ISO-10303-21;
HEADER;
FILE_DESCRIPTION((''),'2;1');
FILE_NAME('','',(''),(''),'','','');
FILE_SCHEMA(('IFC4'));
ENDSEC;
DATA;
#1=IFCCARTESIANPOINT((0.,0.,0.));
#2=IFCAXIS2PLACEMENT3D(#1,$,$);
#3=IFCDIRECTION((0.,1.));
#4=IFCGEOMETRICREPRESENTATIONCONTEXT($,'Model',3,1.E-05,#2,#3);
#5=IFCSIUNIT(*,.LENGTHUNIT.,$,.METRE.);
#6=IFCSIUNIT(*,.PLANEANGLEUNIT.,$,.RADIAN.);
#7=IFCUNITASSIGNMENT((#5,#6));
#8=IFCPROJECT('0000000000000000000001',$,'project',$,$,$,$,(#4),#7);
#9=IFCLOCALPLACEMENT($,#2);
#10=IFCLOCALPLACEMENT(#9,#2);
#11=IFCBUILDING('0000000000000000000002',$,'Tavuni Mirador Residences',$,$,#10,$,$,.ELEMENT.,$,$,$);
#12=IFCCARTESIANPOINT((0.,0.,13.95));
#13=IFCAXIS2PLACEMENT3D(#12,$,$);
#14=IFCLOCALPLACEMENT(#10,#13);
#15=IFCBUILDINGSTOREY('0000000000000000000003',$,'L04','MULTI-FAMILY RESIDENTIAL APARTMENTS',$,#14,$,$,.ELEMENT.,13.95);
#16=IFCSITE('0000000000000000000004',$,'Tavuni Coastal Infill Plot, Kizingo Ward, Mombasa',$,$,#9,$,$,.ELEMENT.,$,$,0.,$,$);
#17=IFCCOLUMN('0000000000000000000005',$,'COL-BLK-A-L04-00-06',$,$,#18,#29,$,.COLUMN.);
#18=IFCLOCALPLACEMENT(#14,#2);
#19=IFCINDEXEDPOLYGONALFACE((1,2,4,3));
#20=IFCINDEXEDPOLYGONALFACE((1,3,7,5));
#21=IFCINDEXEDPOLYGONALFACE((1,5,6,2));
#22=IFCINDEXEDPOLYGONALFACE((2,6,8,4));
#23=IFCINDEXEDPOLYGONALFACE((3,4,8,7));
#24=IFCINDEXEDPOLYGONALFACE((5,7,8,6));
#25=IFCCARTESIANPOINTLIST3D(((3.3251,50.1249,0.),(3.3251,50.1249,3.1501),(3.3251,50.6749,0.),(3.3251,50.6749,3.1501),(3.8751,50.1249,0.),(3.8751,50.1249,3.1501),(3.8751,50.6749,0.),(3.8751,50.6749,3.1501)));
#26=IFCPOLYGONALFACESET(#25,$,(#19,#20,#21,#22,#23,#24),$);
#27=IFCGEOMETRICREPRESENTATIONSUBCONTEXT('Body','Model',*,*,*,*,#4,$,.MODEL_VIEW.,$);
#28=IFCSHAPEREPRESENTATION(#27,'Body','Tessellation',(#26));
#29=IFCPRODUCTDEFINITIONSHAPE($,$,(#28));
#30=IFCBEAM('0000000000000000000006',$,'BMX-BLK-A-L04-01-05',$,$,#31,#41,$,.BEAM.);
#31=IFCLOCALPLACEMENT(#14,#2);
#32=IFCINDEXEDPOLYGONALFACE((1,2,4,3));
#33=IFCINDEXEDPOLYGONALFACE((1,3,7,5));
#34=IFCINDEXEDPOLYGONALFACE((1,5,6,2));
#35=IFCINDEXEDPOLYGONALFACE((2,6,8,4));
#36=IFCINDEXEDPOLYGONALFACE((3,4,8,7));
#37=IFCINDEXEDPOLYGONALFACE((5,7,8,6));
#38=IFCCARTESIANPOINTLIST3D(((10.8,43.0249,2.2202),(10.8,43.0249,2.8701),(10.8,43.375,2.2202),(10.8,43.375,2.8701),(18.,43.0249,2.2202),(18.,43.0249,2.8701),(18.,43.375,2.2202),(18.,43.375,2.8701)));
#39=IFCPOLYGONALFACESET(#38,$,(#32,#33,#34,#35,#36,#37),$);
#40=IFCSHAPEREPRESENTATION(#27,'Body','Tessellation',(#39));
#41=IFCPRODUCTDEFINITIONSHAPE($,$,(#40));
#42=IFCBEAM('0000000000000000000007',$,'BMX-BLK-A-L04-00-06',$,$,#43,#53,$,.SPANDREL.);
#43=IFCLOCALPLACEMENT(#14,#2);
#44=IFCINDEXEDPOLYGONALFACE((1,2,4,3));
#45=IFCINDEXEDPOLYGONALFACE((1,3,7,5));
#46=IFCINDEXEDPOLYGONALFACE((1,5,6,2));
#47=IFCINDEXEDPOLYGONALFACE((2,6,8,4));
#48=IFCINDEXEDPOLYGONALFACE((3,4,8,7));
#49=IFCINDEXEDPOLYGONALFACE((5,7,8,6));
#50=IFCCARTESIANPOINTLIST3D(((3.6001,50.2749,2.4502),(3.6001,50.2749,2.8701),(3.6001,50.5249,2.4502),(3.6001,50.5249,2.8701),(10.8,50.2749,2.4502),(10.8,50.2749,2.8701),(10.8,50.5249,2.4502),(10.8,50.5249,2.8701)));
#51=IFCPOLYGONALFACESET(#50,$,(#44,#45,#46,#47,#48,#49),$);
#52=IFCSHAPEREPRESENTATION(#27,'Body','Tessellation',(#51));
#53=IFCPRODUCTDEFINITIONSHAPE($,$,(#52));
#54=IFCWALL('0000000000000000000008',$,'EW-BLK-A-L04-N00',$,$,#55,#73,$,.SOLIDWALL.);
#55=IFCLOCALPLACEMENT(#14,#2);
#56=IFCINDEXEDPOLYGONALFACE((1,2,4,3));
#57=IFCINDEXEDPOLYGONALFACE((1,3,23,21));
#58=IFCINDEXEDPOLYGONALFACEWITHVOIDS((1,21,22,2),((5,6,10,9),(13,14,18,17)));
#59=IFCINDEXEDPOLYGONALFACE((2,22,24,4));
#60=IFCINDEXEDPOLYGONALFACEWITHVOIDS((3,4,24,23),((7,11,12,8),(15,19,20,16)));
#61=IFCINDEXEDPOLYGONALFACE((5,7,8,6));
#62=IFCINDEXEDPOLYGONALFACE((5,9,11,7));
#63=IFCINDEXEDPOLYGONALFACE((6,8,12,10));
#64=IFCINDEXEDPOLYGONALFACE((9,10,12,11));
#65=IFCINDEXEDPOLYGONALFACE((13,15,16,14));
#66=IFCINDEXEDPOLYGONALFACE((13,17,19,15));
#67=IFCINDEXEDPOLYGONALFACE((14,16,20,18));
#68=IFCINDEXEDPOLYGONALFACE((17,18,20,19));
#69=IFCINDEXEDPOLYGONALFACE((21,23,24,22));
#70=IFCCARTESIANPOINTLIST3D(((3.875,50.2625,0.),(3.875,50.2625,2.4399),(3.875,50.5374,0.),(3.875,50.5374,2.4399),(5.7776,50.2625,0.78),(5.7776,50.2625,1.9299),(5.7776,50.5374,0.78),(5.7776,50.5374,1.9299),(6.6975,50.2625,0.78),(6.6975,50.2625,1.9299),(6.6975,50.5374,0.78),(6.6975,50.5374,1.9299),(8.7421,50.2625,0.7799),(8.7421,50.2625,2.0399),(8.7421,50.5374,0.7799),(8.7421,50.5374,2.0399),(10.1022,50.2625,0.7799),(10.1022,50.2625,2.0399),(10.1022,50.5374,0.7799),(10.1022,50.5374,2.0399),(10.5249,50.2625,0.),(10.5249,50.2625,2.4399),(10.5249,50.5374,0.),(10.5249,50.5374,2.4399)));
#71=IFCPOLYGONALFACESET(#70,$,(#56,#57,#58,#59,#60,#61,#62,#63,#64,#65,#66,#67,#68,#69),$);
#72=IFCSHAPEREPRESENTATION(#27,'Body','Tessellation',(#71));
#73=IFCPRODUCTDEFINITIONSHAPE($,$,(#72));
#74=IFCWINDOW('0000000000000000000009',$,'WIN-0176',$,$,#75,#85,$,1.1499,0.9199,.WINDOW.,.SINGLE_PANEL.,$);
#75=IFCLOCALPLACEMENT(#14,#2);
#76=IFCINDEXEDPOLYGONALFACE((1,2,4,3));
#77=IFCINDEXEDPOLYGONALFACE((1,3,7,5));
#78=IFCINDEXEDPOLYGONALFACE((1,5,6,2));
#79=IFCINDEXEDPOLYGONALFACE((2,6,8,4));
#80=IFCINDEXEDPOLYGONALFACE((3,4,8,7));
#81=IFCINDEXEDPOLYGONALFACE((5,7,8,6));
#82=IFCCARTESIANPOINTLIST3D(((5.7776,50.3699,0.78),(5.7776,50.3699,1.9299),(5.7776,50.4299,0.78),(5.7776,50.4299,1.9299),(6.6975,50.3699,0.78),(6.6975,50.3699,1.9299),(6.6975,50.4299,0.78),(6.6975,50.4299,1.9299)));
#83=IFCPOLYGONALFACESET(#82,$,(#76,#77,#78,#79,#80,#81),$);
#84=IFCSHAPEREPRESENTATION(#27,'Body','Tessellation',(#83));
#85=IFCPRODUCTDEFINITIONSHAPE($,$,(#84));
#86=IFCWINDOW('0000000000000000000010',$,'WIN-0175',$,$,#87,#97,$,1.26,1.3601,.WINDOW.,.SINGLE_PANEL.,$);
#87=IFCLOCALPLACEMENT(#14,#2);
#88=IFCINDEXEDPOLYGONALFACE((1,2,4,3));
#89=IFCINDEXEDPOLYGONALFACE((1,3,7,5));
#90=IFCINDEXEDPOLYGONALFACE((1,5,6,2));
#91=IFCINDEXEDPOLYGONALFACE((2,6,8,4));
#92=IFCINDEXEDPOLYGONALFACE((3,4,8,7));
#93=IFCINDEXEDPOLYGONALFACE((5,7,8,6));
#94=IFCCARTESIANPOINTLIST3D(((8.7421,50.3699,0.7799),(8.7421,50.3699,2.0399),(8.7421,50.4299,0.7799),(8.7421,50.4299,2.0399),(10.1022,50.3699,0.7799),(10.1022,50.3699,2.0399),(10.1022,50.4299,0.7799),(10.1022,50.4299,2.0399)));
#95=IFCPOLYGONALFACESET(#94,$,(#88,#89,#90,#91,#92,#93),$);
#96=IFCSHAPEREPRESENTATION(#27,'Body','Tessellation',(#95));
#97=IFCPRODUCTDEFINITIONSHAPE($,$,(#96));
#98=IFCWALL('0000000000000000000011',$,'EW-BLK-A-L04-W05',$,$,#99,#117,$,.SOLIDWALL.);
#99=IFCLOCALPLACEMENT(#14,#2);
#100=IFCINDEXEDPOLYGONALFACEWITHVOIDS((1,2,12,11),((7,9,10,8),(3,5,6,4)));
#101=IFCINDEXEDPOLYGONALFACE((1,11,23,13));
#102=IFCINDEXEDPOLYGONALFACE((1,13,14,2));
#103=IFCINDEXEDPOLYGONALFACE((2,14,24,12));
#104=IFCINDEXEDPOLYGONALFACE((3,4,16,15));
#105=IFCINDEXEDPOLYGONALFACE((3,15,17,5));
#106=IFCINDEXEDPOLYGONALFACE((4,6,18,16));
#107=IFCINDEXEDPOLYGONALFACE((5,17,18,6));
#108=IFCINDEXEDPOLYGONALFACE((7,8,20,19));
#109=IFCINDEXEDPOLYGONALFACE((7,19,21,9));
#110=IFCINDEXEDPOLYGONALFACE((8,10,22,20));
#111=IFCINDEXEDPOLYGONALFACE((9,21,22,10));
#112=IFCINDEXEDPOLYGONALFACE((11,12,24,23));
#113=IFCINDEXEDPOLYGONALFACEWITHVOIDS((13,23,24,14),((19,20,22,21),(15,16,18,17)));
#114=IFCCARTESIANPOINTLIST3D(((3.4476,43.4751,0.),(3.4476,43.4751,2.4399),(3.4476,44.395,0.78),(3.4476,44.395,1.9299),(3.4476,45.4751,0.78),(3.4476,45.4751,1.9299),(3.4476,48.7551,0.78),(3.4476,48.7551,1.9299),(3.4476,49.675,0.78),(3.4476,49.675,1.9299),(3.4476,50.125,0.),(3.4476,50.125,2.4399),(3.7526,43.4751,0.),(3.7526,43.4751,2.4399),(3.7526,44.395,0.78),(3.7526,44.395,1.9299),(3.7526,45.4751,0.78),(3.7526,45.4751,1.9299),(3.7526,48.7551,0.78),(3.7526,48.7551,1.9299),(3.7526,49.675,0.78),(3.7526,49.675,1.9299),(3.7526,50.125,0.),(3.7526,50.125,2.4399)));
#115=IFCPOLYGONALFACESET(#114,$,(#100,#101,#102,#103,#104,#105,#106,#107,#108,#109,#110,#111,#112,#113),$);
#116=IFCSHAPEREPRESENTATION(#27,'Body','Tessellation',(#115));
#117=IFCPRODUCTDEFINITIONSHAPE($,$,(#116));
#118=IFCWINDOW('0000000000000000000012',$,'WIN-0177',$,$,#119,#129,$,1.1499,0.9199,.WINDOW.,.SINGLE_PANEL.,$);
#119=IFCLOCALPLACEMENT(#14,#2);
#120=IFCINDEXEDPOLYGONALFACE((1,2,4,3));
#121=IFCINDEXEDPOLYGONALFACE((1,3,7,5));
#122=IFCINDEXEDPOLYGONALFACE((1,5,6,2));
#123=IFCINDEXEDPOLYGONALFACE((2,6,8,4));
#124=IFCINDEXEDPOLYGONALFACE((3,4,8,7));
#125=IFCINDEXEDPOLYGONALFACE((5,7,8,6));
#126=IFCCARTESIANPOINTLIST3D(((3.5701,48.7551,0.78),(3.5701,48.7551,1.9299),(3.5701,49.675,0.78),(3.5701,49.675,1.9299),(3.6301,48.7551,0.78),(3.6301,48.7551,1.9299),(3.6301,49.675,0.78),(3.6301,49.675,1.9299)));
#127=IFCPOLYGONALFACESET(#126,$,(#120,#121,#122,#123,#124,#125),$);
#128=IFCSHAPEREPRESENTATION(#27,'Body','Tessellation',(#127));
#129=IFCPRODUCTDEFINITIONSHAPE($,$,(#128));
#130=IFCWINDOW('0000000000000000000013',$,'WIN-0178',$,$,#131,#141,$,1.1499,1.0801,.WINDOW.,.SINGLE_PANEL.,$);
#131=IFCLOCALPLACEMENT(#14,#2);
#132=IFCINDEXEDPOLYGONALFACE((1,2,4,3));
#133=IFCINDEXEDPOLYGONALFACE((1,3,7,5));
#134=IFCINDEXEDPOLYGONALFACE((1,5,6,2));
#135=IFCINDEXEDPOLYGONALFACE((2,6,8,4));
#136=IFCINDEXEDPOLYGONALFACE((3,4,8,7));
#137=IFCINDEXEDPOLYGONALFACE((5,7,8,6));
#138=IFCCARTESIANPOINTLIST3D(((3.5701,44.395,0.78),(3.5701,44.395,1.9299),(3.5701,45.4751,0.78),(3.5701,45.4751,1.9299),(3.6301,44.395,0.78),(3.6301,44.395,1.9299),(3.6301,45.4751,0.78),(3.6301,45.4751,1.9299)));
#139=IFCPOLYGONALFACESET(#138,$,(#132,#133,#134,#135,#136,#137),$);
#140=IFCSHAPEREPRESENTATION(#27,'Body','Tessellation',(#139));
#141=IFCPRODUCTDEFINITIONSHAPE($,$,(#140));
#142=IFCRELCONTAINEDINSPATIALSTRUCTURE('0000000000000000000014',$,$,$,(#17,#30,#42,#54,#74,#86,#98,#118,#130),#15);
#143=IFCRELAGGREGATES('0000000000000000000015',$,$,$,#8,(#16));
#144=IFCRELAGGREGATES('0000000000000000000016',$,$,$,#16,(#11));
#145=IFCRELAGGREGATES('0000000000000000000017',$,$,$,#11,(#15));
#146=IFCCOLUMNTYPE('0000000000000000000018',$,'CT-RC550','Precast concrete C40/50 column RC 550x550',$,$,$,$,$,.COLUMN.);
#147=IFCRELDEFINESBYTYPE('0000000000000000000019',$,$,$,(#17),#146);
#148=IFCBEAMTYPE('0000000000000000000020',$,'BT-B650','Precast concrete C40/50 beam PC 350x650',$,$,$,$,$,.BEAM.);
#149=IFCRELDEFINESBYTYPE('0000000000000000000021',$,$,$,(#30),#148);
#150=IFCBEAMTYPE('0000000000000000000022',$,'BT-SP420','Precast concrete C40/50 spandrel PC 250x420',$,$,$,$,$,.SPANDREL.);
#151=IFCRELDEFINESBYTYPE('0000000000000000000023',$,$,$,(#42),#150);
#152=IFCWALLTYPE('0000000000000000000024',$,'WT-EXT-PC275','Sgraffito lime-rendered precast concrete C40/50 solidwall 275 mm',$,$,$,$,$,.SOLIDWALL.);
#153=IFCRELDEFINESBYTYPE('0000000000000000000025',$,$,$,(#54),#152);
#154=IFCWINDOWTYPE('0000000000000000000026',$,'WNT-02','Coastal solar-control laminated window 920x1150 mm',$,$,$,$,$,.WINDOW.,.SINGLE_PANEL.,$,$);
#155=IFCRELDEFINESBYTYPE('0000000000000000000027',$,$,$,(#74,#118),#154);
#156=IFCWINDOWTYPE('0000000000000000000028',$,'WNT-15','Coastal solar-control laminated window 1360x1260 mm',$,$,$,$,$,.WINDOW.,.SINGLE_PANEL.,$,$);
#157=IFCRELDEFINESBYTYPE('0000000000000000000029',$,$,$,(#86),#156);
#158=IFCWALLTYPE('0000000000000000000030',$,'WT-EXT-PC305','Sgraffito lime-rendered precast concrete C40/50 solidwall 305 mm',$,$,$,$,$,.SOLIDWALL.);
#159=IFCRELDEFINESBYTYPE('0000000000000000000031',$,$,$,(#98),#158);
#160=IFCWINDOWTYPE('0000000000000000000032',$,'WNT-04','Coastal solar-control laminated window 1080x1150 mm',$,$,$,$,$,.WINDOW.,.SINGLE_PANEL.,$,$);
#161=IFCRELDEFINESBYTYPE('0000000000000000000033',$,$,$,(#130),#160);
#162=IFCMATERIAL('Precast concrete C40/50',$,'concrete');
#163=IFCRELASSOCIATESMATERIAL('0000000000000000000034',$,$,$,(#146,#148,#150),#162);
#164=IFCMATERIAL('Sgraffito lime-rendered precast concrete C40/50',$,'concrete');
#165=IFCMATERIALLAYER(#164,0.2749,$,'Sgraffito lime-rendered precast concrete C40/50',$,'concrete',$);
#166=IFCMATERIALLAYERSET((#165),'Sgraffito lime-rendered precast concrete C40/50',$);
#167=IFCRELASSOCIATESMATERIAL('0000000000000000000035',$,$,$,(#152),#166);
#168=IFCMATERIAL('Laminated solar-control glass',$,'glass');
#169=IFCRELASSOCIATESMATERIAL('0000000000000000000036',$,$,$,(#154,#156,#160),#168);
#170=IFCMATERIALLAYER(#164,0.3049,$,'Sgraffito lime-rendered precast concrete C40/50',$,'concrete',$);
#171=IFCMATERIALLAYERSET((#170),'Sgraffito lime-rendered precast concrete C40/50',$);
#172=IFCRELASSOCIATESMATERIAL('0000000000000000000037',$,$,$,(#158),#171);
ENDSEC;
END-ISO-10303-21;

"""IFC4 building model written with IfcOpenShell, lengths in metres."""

from ifc_helpers import new_model, si_unit, direction, frame, frame_2d, origin, origin_2d, place, context, subcontext, project, spatial, rectangle, extrude, material, layer, layer_set, material_profile, profile_set, type_object, element, fill, save


model = new_model("IFC4")

# Units and contexts
model_context = context("Model", 3, precision=1e-05, world=origin(), true_north=direction((0.0, 1.0)))
body_context = subcontext(model_context, "Body", "Model", "MODEL_VIEW")
ifc_project = project(units=[si_unit("LENGTHUNIT", "METRE"), si_unit("PLANEANGLEUNIT", "RADIAN")], contexts=[model_context])

# Site, building, storey
site_placement = place(None, origin())
site = spatial("IfcSite", under=ifc_project, at=site_placement, Name="Tavuni Coastal Infill Plot, Kizingo Ward, Mombasa", CompositionType="ELEMENT", RefElevation=0.0)
building_placement = place(site_placement, origin())
building = spatial("IfcBuilding", under=site, at=building_placement, Name="Tavuni Mirador Residences", CompositionType="ELEMENT")
storey_placement = place(building_placement, frame((0.0, 0.0, 13.95)))
storey = spatial("IfcBuildingStorey", under=building, at=storey_placement, Name="L04", Description="MULTI-FAMILY RESIDENTIAL APARTMENTS", CompositionType="ELEMENT", Elevation=13.95)

# Column
ifc_material_1 = material(Name="Precast concrete C40/50", Category="concrete")
ifc_material_profile_1 = material_profile(ifc_material_1, rectangle(XDim=0.55, YDim=0.55, at=origin_2d()), Name="RC 550x550", Category="concrete")
ifc_profile_set_1 = profile_set([ifc_material_profile_1], Name="Precast concrete C40/50")
column_type = type_object("IfcColumnType", Name="CT-RC550", Description="Precast concrete C40/50 column RC 550x550", PredefinedType="COLUMN", material=ifc_profile_set_1)
column_placement = place(storey_placement, frame((3.6001, 50.3999, 0.0), z_axis=(0.0, 0.0, 1.0), x_axis=(1.0, 0.0, 0.0)))
element("IfcColumn", 1, at=column_placement, inside=storey, type_object=column_type, Name="COL-BLK-A-L04-00-06", PredefinedType="COLUMN", context=body_context, shape_type="SweptSolid", body=[
    extrude(rectangle(XDim=0.55, YDim=0.55, at=origin_2d()), origin(), (0.0, 0.0, 1.0), 3.1501),
])

# Beams
ifc_material_profile_2 = material_profile(ifc_material_1, rectangle(XDim=0.3501, YDim=0.6499, at=origin_2d()), Name="PC 350x650", Category="concrete")
ifc_profile_set_2 = profile_set([ifc_material_profile_2], Name="Precast concrete C40/50")
beam_type_1 = type_object("IfcBeamType", Name="BT-B650", Description="Precast concrete C40/50 beam PC 350x650", PredefinedType="BEAM", material=ifc_profile_set_2)
beam_1_placement = place(storey_placement, frame((10.8, 43.2, 2.5452), z_axis=(1.0, 0.0, 0.0), x_axis=(0.0, 1.0, 0.0)))
element("IfcBeam", 2, at=beam_1_placement, inside=storey, type_object=beam_type_1, Name="BMX-BLK-A-L04-01-05", PredefinedType="BEAM", context=body_context, shape_type="SweptSolid", body=[
    extrude(rectangle(XDim=0.3501, YDim=0.6499, at=origin_2d()), origin(), (0.0, 0.0, 1.0), 7.2),
])
ifc_material_profile_3 = material_profile(ifc_material_1, rectangle(XDim=0.25, YDim=0.4199, at=origin_2d()), Name="PC 250x420", Category="concrete")
ifc_profile_set_3 = profile_set([ifc_material_profile_3], Name="Precast concrete C40/50")
beam_type_2 = type_object("IfcBeamType", Name="BT-SP420", Description="Precast concrete C40/50 spandrel PC 250x420", PredefinedType="SPANDREL", material=ifc_profile_set_3)
beam_2_placement = place(storey_placement, frame((3.6001, 50.3999, 2.6602), z_axis=(1.0, 0.0, 0.0), x_axis=(0.0, 1.0, 0.0)))
element("IfcBeam", 3, at=beam_2_placement, inside=storey, type_object=beam_type_2, Name="BMX-BLK-A-L04-00-06", PredefinedType="SPANDREL", context=body_context, shape_type="SweptSolid", body=[
    extrude(rectangle(XDim=0.25, YDim=0.4199, at=origin_2d()), origin(), (0.0, 0.0, 1.0), 7.2),
])

# Walls, openings, windows
ifc_material_2 = material(Name="Sgraffito lime-rendered precast concrete C40/50", Category="concrete")
ifc_layer_1 = layer(ifc_material_2, 0.2749, Name="Sgraffito lime-rendered precast concrete C40/50", Category="concrete")
ifc_layer_set_1 = layer_set([ifc_layer_1], Name="Sgraffito lime-rendered precast concrete C40/50")
wall_type_1 = type_object("IfcWallType", Name="WT-EXT-PC275", Description="Sgraffito lime-rendered precast concrete C40/50 solidwall 275 mm", PredefinedType="SOLIDWALL", material=ifc_layer_set_1)
wall_1_placement = place(storey_placement, frame((10.5249, 50.3999, 0.0), z_axis=(0.0, 0.0, 1.0), x_axis=(-1.0, 0.0, 0.0)))
wall_1 = element("IfcWall", 4, at=wall_1_placement, inside=storey, type_object=wall_type_1, Name="EW-BLK-A-L04-N00", PredefinedType="SOLIDWALL", context=body_context, shape_type="SweptSolid", body=[
    extrude(rectangle(XDim=6.6499, YDim=0.2749, at=frame_2d((3.325, 0.0))), origin(), (0.0, 0.0, 1.0), 2.4399),
])
opening_1_placement = place(wall_1_placement, frame((0.4226, 0.0, 0.78)))
opening_1 = element("IfcOpeningElement", 5, at=opening_1_placement, cuts=wall_1, PredefinedType="OPENING", context=body_context, shape_type="SweptSolid", body=[
    extrude(rectangle(XDim=1.3601, YDim=1.26, at=frame_2d((0.6802, 0.6299))), frame((0.0, 0.1475, 0.0), z_axis=(0.0, -1.0, 0.0), x_axis=(1.0, 0.0, 0.0)), (0.0, 0.0, 1.0), 0.2949),
])
opening_2_placement = place(wall_1_placement, frame((3.8274, 0.0, 0.78)))
opening_2 = element("IfcOpeningElement", 6, at=opening_2_placement, cuts=wall_1, PredefinedType="OPENING", context=body_context, shape_type="SweptSolid", body=[
    extrude(rectangle(XDim=0.9199, YDim=1.1499, at=frame_2d((0.46, 0.575))), frame((0.0, 0.1475, 0.0), z_axis=(0.0, -1.0, 0.0), x_axis=(1.0, 0.0, 0.0)), (0.0, 0.0, 1.0), 0.2949),
])
ifc_material_3 = material(Name="Laminated solar-control glass", Category="glass")
window_type_1 = type_object("IfcWindowType", Name="WNT-02", Description="Coastal solar-control laminated window 920x1150 mm", PartitioningType="SINGLE_PANEL", PredefinedType="WINDOW", material=ifc_material_3)
window_1_placement = place(opening_2_placement, origin())
window_1 = element("IfcWindow", 7, at=window_1_placement, inside=storey, type_object=window_type_1, Name="WIN-0176", OverallHeight=1.1499, OverallWidth=0.9199, PartitioningType="SINGLE_PANEL", PredefinedType="WINDOW", context=body_context, shape_type="SweptSolid", body=[
    extrude(rectangle(XDim=0.9199, YDim=1.1499, at=frame_2d((0.46, 0.575))), frame((0.0, 0.03, 0.0), z_axis=(0.0, -1.0, 0.0), x_axis=(1.0, 0.0, 0.0)), (0.0, 0.0, 1.0), 0.0601),
])
fill(opening_2, window_1)
window_type_2 = type_object("IfcWindowType", Name="WNT-15", Description="Coastal solar-control laminated window 1360x1260 mm", PartitioningType="SINGLE_PANEL", PredefinedType="WINDOW", material=ifc_material_3)
window_2_placement = place(opening_1_placement, origin())
window_2 = element("IfcWindow", 8, at=window_2_placement, inside=storey, type_object=window_type_2, Name="WIN-0175", OverallHeight=1.26, OverallWidth=1.3601, PartitioningType="SINGLE_PANEL", PredefinedType="WINDOW", context=body_context, shape_type="SweptSolid", body=[
    extrude(rectangle(XDim=1.3601, YDim=1.26, at=frame_2d((0.6802, 0.6299))), frame((0.0, 0.03, 0.0), z_axis=(0.0, -1.0, 0.0), x_axis=(1.0, 0.0, 0.0)), (0.0, 0.0, 1.0), 0.0601),
])
fill(opening_1, window_2)
ifc_layer_2 = layer(ifc_material_2, 0.3049, Name="Sgraffito lime-rendered precast concrete C40/50", Category="concrete")
ifc_layer_set_2 = layer_set([ifc_layer_2], Name="Sgraffito lime-rendered precast concrete C40/50")
wall_type_2 = type_object("IfcWallType", Name="WT-EXT-PC305", Description="Sgraffito lime-rendered precast concrete C40/50 solidwall 305 mm", PredefinedType="SOLIDWALL", material=ifc_layer_set_2)
wall_2_placement = place(storey_placement, frame((3.6001, 50.125, 0.0), z_axis=(0.0, 0.0, 1.0), x_axis=(0.0, -1.0, 0.0)))
wall_2 = element("IfcWall", 9, at=wall_2_placement, inside=storey, type_object=wall_type_2, Name="EW-BLK-A-L04-W05", PredefinedType="SOLIDWALL", context=body_context, shape_type="SweptSolid", body=[
    extrude(rectangle(XDim=6.6499, YDim=0.3049, at=frame_2d((3.325, 0.0))), origin(), (0.0, 0.0, 1.0), 2.4399),
])
opening_3_placement = place(wall_2_placement, frame((0.45, 0.0, 0.78)))
opening_3 = element("IfcOpeningElement", 10, at=opening_3_placement, cuts=wall_2, PredefinedType="OPENING", context=body_context, shape_type="SweptSolid", body=[
    extrude(rectangle(XDim=0.9199, YDim=1.1499, at=frame_2d((0.46, 0.575))), frame((0.0, 0.1626, 0.0), z_axis=(0.0, -1.0, 0.0), x_axis=(1.0, 0.0, 0.0)), (0.0, 0.0, 1.0), 0.325),
])
opening_4_placement = place(wall_2_placement, frame((4.6499, 0.0, 0.78)))
opening_4 = element("IfcOpeningElement", 11, at=opening_4_placement, cuts=wall_2, PredefinedType="OPENING", context=body_context, shape_type="SweptSolid", body=[
    extrude(rectangle(XDim=1.0801, YDim=1.1499, at=frame_2d((0.54, 0.575))), frame((0.0, 0.1626, 0.0), z_axis=(0.0, -1.0, 0.0), x_axis=(1.0, 0.0, 0.0)), (0.0, 0.0, 1.0), 0.325),
])
window_3_placement = place(opening_3_placement, origin())
window_3 = element("IfcWindow", 12, at=window_3_placement, inside=storey, type_object=window_type_1, Name="WIN-0177", OverallHeight=1.1499, OverallWidth=0.9199, PartitioningType="SINGLE_PANEL", PredefinedType="WINDOW", context=body_context, shape_type="SweptSolid", body=[
    extrude(rectangle(XDim=0.9199, YDim=1.1499, at=frame_2d((0.46, 0.575))), frame((0.0, 0.03, 0.0), z_axis=(0.0, -1.0, 0.0), x_axis=(1.0, 0.0, 0.0)), (0.0, 0.0, 1.0), 0.0601),
])
fill(opening_3, window_3)
window_type_3 = type_object("IfcWindowType", Name="WNT-04", Description="Coastal solar-control laminated window 1080x1150 mm", PartitioningType="SINGLE_PANEL", PredefinedType="WINDOW", material=ifc_material_3)
window_4_placement = place(opening_4_placement, origin())
window_4 = element("IfcWindow", 13, at=window_4_placement, inside=storey, type_object=window_type_3, Name="WIN-0178", OverallHeight=1.1499, OverallWidth=1.0801, PartitioningType="SINGLE_PANEL", PredefinedType="WINDOW", context=body_context, shape_type="SweptSolid", body=[
    extrude(rectangle(XDim=1.0801, YDim=1.1499, at=frame_2d((0.54, 0.575))), frame((0.0, 0.03, 0.0), z_axis=(0.0, -1.0, 0.0), x_axis=(1.0, 0.0, 0.0)), (0.0, 0.0, 1.0), 0.0601),
])
fill(opening_4, window_4)

save(model, "model.ifc")
